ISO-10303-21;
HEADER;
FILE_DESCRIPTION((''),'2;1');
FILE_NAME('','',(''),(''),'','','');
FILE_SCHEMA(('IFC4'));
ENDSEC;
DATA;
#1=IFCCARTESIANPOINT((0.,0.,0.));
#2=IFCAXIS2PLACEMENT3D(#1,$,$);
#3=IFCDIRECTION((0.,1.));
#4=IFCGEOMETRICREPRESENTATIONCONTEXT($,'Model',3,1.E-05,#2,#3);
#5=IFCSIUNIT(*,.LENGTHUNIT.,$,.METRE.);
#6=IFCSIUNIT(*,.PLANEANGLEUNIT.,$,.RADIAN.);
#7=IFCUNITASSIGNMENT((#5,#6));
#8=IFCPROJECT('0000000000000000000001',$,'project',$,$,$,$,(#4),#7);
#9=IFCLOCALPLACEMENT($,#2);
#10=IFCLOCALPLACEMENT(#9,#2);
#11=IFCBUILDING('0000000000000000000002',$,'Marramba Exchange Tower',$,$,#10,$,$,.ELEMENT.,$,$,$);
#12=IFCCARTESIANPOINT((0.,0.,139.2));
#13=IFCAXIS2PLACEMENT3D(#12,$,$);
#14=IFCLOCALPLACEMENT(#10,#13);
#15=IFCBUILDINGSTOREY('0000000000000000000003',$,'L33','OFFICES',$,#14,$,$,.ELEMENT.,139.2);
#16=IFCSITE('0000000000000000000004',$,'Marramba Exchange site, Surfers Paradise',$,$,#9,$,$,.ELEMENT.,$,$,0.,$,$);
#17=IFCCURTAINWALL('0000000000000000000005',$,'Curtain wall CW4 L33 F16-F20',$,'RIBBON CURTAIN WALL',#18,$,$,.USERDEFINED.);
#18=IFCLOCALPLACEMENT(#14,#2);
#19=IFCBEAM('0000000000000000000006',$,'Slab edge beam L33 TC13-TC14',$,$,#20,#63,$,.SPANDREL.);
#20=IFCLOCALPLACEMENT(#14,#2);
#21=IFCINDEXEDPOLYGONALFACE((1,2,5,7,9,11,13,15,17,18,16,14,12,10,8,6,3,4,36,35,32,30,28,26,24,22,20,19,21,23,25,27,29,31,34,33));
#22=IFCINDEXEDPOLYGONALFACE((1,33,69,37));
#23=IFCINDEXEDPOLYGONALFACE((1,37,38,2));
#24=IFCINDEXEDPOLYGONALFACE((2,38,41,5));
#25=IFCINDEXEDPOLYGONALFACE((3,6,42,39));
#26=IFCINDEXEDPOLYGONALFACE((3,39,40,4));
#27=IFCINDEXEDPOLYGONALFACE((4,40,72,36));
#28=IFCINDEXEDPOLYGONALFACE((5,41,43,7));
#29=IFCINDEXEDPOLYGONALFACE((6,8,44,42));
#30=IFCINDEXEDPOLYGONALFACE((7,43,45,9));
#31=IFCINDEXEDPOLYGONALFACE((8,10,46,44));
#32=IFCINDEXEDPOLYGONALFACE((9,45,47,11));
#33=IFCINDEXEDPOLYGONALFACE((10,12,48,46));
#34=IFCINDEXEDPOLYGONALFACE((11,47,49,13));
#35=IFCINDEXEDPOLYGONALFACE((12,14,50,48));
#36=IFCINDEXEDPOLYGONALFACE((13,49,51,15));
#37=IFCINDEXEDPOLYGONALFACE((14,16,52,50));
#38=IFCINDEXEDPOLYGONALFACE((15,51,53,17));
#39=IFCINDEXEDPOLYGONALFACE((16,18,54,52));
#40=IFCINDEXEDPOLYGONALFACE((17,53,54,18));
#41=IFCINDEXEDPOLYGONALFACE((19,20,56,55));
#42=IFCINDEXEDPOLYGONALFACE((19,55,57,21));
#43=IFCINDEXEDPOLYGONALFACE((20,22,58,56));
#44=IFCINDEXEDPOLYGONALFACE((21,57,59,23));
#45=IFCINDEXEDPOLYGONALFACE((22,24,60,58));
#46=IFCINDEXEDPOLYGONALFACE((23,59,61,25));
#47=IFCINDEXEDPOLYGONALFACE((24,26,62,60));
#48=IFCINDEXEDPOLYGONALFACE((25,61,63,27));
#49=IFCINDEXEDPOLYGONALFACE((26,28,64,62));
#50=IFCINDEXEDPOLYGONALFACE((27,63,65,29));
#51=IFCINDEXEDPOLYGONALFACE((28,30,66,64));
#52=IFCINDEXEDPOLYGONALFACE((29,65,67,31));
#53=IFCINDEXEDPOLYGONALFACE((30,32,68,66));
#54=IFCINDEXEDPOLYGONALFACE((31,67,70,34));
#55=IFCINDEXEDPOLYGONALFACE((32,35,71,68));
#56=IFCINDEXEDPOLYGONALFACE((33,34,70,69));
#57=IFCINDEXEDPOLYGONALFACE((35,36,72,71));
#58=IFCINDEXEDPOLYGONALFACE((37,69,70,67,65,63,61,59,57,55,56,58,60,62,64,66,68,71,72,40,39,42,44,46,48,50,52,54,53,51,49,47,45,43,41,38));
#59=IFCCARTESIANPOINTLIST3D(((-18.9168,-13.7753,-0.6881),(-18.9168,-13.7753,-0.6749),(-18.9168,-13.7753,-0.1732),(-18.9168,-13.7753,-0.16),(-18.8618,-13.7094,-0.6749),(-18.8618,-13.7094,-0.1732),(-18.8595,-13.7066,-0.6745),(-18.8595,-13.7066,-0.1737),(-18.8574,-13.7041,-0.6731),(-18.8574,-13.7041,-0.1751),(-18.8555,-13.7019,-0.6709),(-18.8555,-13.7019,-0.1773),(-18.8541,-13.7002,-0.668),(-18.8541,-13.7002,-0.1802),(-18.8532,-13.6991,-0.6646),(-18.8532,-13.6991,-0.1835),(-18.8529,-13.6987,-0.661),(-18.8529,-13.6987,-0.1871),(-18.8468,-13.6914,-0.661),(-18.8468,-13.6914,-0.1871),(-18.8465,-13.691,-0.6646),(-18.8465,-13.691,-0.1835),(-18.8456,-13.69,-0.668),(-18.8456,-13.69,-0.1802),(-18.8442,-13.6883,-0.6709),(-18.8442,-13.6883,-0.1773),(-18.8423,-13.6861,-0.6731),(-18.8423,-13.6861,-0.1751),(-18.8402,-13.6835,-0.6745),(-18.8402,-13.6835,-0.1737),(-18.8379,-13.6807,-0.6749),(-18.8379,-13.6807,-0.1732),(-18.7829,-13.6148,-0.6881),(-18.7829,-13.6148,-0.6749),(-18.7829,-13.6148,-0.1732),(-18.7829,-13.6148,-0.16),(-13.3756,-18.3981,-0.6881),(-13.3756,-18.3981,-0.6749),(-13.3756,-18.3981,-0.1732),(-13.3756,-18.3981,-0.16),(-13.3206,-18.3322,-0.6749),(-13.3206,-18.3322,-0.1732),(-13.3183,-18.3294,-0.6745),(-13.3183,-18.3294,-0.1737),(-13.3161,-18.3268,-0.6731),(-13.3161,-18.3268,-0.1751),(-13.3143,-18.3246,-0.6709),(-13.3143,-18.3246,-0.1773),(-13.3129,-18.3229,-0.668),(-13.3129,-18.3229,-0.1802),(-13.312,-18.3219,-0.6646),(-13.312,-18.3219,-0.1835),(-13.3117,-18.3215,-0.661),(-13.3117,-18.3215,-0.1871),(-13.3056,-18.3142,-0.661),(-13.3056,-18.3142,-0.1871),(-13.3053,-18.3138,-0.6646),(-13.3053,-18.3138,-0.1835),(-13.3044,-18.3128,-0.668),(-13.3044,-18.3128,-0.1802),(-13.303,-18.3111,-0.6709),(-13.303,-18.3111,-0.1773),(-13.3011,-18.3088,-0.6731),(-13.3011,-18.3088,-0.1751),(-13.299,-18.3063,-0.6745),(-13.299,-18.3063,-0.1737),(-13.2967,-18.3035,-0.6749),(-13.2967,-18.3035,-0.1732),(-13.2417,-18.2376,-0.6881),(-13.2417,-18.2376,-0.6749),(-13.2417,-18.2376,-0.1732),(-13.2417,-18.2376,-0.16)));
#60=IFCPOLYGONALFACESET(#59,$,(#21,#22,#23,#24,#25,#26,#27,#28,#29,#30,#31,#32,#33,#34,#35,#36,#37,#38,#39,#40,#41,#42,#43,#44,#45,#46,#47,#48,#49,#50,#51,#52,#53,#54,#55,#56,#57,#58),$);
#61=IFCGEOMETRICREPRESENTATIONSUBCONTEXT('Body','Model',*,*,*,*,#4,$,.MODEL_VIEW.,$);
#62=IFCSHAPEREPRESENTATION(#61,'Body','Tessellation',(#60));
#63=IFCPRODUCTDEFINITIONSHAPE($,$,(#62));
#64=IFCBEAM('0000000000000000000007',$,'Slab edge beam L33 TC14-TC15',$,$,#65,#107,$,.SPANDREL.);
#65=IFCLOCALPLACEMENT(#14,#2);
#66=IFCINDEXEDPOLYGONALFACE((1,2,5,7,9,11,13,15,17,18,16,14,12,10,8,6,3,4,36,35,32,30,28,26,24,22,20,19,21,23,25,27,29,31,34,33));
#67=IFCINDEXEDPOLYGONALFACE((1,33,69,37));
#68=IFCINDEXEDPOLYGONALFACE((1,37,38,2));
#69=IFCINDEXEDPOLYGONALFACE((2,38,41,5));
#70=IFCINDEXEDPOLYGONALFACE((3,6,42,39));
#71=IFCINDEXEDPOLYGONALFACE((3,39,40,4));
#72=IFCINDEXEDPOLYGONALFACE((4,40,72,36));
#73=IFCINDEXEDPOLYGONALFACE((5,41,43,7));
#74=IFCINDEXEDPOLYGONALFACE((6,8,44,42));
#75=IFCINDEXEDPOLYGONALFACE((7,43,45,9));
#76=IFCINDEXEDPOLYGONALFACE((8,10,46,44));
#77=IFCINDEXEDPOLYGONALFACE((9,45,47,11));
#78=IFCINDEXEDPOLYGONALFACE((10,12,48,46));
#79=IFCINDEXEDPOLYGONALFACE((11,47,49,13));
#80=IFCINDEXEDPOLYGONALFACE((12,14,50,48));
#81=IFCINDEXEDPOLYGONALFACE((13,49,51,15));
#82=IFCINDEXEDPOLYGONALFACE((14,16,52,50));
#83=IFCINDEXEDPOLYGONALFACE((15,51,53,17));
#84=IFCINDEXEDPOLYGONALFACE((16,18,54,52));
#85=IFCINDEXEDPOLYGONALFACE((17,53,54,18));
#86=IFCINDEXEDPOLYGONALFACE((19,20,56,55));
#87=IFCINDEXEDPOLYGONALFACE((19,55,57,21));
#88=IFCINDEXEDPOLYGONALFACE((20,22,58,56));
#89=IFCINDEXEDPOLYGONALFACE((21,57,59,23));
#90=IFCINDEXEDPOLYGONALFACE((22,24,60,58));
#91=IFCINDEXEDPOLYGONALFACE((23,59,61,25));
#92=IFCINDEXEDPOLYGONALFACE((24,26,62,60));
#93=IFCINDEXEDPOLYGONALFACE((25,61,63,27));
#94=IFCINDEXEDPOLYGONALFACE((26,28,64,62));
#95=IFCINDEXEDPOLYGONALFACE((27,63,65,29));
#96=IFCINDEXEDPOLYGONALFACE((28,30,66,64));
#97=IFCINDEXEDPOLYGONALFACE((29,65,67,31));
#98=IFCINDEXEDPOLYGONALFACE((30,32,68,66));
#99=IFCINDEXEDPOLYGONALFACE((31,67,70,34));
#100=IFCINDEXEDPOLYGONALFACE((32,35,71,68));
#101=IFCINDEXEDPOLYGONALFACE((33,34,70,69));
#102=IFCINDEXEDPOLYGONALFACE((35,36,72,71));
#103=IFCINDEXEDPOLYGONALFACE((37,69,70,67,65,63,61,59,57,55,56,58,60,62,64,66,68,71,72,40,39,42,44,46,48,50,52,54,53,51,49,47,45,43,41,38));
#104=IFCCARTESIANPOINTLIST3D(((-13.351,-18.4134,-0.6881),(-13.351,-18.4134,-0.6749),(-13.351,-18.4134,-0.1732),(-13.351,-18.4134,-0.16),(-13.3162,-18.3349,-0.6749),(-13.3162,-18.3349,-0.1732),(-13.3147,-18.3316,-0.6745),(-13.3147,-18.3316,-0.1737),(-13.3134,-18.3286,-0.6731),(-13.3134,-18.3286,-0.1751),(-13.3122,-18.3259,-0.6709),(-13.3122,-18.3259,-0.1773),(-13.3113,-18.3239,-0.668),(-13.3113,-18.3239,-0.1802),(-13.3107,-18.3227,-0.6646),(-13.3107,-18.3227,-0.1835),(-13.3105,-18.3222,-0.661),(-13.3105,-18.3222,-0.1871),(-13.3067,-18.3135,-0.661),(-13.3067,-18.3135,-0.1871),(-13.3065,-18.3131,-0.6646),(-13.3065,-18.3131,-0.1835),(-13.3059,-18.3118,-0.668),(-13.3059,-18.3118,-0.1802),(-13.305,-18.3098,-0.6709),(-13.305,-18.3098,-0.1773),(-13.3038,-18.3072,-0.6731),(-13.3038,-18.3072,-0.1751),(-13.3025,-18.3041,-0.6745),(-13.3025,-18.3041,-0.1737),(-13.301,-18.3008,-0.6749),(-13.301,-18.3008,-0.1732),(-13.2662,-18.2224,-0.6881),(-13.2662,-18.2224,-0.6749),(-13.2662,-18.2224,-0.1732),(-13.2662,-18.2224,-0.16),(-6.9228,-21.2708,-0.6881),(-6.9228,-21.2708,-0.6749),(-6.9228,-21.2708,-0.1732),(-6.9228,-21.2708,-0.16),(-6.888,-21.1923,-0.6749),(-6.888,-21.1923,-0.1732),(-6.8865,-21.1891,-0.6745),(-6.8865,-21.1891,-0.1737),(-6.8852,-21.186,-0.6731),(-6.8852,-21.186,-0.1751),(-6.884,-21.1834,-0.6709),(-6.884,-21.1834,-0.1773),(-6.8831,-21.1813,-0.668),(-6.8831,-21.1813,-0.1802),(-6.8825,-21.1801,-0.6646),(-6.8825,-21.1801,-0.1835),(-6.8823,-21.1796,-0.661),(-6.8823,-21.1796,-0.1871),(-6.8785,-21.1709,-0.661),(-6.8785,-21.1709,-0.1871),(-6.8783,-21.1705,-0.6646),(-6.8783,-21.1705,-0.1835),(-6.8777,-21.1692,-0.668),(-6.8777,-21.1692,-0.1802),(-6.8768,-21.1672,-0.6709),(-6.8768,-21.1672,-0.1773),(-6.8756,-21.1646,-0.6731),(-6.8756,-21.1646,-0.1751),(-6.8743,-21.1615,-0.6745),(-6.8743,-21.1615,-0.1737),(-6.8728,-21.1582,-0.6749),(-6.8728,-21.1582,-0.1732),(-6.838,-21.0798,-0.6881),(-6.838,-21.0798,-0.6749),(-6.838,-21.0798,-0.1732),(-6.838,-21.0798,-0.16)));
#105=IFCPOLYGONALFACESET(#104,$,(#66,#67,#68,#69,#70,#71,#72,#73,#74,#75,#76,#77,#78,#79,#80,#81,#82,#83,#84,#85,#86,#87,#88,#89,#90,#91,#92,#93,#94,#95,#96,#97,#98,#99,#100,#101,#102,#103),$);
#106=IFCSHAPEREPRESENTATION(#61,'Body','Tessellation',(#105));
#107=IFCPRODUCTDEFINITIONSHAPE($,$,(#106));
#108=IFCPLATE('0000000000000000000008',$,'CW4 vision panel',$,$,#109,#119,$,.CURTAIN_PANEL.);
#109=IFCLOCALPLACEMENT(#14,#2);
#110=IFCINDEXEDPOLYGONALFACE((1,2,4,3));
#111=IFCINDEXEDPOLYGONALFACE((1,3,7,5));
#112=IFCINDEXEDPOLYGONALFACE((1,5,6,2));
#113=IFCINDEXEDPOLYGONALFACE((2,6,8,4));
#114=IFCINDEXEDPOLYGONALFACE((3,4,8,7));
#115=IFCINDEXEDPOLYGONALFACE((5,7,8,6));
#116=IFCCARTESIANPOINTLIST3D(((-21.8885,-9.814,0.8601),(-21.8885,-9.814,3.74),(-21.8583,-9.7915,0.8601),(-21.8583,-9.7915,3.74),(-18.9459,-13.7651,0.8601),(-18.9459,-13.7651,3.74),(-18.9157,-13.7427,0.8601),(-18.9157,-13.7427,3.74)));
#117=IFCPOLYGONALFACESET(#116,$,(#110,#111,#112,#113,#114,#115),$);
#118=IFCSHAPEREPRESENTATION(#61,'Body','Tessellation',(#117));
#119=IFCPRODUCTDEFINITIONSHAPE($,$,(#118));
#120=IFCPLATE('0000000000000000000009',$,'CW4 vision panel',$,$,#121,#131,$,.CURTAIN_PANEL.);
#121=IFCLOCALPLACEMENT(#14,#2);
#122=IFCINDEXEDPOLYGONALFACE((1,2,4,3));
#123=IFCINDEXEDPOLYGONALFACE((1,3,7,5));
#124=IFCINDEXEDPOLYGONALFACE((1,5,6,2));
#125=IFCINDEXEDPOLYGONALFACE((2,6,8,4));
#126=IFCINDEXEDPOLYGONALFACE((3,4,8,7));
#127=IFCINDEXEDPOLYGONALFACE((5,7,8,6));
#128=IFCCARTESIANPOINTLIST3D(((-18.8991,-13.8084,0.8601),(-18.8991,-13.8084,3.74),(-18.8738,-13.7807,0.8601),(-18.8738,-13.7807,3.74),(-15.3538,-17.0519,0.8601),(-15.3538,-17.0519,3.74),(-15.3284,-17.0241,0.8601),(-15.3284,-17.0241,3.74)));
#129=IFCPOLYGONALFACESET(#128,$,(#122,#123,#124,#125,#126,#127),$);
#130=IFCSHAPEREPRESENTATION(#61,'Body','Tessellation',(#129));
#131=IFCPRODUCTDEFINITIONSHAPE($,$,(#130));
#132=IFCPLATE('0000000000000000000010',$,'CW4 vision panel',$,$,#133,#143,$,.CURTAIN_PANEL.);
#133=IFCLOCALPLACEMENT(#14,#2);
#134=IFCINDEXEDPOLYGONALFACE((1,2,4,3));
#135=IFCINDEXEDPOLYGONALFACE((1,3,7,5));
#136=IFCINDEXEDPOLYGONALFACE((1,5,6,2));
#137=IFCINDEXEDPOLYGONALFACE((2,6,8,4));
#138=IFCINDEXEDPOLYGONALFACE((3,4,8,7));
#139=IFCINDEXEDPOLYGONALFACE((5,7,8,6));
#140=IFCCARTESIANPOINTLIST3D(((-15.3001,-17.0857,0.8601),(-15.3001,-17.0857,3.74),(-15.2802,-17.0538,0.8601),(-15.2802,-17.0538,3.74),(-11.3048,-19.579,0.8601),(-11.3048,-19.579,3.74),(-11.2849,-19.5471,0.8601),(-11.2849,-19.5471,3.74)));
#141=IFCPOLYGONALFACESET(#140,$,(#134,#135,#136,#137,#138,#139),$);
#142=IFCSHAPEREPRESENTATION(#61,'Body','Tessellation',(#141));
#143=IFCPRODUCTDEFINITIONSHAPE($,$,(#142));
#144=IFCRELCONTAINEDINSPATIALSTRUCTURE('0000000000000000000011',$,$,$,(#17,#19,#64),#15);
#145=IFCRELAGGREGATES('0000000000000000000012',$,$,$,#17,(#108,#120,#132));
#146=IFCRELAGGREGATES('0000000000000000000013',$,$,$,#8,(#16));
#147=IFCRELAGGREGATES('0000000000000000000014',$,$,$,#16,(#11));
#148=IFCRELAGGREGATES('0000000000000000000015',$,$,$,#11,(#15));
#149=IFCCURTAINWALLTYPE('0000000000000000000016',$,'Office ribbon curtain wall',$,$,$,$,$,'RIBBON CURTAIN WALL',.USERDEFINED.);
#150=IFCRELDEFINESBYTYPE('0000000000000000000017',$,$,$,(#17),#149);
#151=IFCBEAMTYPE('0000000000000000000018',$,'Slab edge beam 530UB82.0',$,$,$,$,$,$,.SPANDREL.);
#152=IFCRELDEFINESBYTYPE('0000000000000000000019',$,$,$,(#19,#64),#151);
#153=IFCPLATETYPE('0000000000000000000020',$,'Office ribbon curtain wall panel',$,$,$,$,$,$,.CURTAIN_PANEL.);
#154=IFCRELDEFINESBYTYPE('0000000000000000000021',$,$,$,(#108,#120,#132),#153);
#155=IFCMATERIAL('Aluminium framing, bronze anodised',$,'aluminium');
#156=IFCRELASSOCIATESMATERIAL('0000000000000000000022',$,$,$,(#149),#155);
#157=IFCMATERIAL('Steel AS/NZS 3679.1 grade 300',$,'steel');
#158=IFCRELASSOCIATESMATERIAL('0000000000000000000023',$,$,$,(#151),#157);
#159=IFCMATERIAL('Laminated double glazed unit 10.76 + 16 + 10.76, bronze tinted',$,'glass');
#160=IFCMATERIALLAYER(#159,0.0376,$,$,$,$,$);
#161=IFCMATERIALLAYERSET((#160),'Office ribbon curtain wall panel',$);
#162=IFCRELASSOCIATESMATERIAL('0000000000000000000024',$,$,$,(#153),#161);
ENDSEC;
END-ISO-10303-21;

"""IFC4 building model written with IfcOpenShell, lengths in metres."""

from ifc_helpers import new_model, si_unit, direction, frame, origin, origin_2d, place, context, subcontext, project, spatial, rectangle, i_section, extrude, material, layer, layer_set, material_profile, profile_set, type_object, element, aggregate, save


model = new_model("IFC4")

# Units and contexts
model_context = context("Model", 3, precision=1e-05, world=origin(), true_north=direction((0.0, 1.0)))
body_context = subcontext(model_context, "Body", "Model", "MODEL_VIEW")
ifc_project = project(units=[si_unit("LENGTHUNIT", "METRE"), si_unit("PLANEANGLEUNIT", "RADIAN")], contexts=[model_context])

# Site, building, storey
site_placement = place(None, origin())
site = spatial("IfcSite", under=ifc_project, at=site_placement, Name="Marramba Exchange site, Surfers Paradise", CompositionType="ELEMENT", RefElevation=0.0)
building_placement = place(site_placement, origin())
building = spatial("IfcBuilding", under=site, at=building_placement, Name="Marramba Exchange Tower", CompositionType="ELEMENT")
storey_placement = place(building_placement, frame((0.0, 0.0, 139.2)))
storey = spatial("IfcBuildingStorey", under=building, at=storey_placement, Name="L33", Description="OFFICES", CompositionType="ELEMENT", Elevation=139.2)

# Curtain wall
ifc_material_1 = material(Name="Aluminium framing, bronze anodised", Category="aluminium")
curtain_wall_type = type_object("IfcCurtainWallType", Name="Office ribbon curtain wall", ElementType="RIBBON CURTAIN WALL", PredefinedType="USERDEFINED", material=ifc_material_1)
curtain_wall_placement = place(storey_placement, origin())
curtain_wall = element("IfcCurtainWall", 1, at=curtain_wall_placement, inside=storey, type_object=curtain_wall_type, Name="Curtain wall CW4 L33 F16-F20", ObjectType="RIBBON CURTAIN WALL", PredefinedType="USERDEFINED")

# Beams
ifc_material_2 = material(Name="Steel AS/NZS 3679.1 grade 300", Category="steel")
ifc_material_profile_1 = material_profile(ifc_material_2, i_section(OverallWidth=0.209, OverallDepth=0.5281, WebThickness=0.0095, FlangeThickness=0.0132, FilletRadius=0.0139, at=origin_2d()), Name="530UB82.0")
ifc_profile_set_1 = profile_set([ifc_material_profile_1], Name="Steel AS/NZS 3679.1 grade 300")
beam_type_1 = type_object("IfcBeamType", Name="Slab edge beam 530UB82.0", PredefinedType="SPANDREL", material=ifc_profile_set_1)
beam_1_placement = place(storey_placement, frame((-18.8499, -13.6951, -0.4241), z_axis=(0.767875, -0.6406, 0.0), x_axis=(0.6406, 0.767875, 0.0)))
element("IfcBeam", 2, at=beam_1_placement, inside=storey, type_object=beam_type_1, Name="Slab edge beam L33 TC13-TC14", PredefinedType="SPANDREL", context=body_context, shape_type="SweptSolid", body=[
    extrude(i_section(OverallWidth=0.209, OverallDepth=0.5281, WebThickness=0.0095, FlangeThickness=0.0132, FilletRadius=0.0139, at=origin_2d()), origin(), (0.0, 0.0, 1.0), 7.2163),
])
beam_2_placement = place(storey_placement, frame((-13.3086, -18.3179, -0.4241), z_axis=(0.913789, -0.40619, 0.0), x_axis=(0.40619, 0.913789, 0.0)))
element("IfcBeam", 3, at=beam_2_placement, inside=storey, type_object=beam_type_1, Name="Slab edge beam L33 TC14-TC15", PredefinedType="SPANDREL", context=body_context, shape_type="SweptSolid", body=[
    extrude(i_section(OverallWidth=0.209, OverallDepth=0.5281, WebThickness=0.0095, FlangeThickness=0.0132, FilletRadius=0.0139, at=origin_2d()), origin(), (0.0, 0.0, 1.0), 7.0347),
])

# Plates
ifc_material_3 = material(Name="Laminated double glazed unit 10.76 + 16 + 10.76, bronze tinted", Category="glass")
ifc_layer_1 = layer(ifc_material_3, 0.0376)
ifc_layer_set_1 = layer_set([ifc_layer_1], Name="Office ribbon curtain wall panel")
plate_type = type_object("IfcPlateType", Name="Office ribbon curtain wall panel", PredefinedType="CURTAIN_PANEL", material=ifc_layer_set_1)
plate_1_placement = place(storey_placement, frame((-20.4021, -11.7783, 0.8601), z_axis=(0.0, 0.0, 1.0), x_axis=(0.597305, -0.802014, 0.0)))
plate_1 = element("IfcPlate", 4, at=plate_1_placement, type_object=plate_type, Name="CW4 vision panel", PredefinedType="CURTAIN_PANEL", context=body_context, shape_type="SweptSolid", body=[
    extrude(rectangle(XDim=4.9265, YDim=0.0376, at=origin_2d()), origin(), (0.0, 0.0, 1.0), 2.8799),
])
plate_2_placement = place(storey_placement, frame((-17.1138, -15.4163, 0.8601), z_axis=(0.0, 0.0, 1.0), x_axis=(0.737822, -0.674995, 0.0)))
plate_2 = element("IfcPlate", 5, at=plate_2_placement, type_object=plate_type, Name="CW4 vision panel", PredefinedType="CURTAIN_PANEL", context=body_context, shape_type="SweptSolid", body=[
    extrude(rectangle(XDim=4.8052, YDim=0.0376, at=origin_2d()), origin(), (0.0, 0.0, 1.0), 2.8799),
])
plate_3_placement = place(storey_placement, frame((-13.2925, -18.3164, 0.8601), z_axis=(0.0, 0.0, 1.0), x_axis=(0.848355, -0.529428, 0.0)))
plate_3 = element("IfcPlate", 6, at=plate_3_placement, type_object=plate_type, Name="CW4 vision panel", PredefinedType="CURTAIN_PANEL", context=body_context, shape_type="SweptSolid", body=[
    extrude(rectangle(XDim=4.7095, YDim=0.0376, at=origin_2d()), origin(), (0.0, 0.0, 1.0), 2.8799),
])
aggregate(curtain_wall, [plate_1, plate_2, plate_3])

save(model, "model.ifc")
